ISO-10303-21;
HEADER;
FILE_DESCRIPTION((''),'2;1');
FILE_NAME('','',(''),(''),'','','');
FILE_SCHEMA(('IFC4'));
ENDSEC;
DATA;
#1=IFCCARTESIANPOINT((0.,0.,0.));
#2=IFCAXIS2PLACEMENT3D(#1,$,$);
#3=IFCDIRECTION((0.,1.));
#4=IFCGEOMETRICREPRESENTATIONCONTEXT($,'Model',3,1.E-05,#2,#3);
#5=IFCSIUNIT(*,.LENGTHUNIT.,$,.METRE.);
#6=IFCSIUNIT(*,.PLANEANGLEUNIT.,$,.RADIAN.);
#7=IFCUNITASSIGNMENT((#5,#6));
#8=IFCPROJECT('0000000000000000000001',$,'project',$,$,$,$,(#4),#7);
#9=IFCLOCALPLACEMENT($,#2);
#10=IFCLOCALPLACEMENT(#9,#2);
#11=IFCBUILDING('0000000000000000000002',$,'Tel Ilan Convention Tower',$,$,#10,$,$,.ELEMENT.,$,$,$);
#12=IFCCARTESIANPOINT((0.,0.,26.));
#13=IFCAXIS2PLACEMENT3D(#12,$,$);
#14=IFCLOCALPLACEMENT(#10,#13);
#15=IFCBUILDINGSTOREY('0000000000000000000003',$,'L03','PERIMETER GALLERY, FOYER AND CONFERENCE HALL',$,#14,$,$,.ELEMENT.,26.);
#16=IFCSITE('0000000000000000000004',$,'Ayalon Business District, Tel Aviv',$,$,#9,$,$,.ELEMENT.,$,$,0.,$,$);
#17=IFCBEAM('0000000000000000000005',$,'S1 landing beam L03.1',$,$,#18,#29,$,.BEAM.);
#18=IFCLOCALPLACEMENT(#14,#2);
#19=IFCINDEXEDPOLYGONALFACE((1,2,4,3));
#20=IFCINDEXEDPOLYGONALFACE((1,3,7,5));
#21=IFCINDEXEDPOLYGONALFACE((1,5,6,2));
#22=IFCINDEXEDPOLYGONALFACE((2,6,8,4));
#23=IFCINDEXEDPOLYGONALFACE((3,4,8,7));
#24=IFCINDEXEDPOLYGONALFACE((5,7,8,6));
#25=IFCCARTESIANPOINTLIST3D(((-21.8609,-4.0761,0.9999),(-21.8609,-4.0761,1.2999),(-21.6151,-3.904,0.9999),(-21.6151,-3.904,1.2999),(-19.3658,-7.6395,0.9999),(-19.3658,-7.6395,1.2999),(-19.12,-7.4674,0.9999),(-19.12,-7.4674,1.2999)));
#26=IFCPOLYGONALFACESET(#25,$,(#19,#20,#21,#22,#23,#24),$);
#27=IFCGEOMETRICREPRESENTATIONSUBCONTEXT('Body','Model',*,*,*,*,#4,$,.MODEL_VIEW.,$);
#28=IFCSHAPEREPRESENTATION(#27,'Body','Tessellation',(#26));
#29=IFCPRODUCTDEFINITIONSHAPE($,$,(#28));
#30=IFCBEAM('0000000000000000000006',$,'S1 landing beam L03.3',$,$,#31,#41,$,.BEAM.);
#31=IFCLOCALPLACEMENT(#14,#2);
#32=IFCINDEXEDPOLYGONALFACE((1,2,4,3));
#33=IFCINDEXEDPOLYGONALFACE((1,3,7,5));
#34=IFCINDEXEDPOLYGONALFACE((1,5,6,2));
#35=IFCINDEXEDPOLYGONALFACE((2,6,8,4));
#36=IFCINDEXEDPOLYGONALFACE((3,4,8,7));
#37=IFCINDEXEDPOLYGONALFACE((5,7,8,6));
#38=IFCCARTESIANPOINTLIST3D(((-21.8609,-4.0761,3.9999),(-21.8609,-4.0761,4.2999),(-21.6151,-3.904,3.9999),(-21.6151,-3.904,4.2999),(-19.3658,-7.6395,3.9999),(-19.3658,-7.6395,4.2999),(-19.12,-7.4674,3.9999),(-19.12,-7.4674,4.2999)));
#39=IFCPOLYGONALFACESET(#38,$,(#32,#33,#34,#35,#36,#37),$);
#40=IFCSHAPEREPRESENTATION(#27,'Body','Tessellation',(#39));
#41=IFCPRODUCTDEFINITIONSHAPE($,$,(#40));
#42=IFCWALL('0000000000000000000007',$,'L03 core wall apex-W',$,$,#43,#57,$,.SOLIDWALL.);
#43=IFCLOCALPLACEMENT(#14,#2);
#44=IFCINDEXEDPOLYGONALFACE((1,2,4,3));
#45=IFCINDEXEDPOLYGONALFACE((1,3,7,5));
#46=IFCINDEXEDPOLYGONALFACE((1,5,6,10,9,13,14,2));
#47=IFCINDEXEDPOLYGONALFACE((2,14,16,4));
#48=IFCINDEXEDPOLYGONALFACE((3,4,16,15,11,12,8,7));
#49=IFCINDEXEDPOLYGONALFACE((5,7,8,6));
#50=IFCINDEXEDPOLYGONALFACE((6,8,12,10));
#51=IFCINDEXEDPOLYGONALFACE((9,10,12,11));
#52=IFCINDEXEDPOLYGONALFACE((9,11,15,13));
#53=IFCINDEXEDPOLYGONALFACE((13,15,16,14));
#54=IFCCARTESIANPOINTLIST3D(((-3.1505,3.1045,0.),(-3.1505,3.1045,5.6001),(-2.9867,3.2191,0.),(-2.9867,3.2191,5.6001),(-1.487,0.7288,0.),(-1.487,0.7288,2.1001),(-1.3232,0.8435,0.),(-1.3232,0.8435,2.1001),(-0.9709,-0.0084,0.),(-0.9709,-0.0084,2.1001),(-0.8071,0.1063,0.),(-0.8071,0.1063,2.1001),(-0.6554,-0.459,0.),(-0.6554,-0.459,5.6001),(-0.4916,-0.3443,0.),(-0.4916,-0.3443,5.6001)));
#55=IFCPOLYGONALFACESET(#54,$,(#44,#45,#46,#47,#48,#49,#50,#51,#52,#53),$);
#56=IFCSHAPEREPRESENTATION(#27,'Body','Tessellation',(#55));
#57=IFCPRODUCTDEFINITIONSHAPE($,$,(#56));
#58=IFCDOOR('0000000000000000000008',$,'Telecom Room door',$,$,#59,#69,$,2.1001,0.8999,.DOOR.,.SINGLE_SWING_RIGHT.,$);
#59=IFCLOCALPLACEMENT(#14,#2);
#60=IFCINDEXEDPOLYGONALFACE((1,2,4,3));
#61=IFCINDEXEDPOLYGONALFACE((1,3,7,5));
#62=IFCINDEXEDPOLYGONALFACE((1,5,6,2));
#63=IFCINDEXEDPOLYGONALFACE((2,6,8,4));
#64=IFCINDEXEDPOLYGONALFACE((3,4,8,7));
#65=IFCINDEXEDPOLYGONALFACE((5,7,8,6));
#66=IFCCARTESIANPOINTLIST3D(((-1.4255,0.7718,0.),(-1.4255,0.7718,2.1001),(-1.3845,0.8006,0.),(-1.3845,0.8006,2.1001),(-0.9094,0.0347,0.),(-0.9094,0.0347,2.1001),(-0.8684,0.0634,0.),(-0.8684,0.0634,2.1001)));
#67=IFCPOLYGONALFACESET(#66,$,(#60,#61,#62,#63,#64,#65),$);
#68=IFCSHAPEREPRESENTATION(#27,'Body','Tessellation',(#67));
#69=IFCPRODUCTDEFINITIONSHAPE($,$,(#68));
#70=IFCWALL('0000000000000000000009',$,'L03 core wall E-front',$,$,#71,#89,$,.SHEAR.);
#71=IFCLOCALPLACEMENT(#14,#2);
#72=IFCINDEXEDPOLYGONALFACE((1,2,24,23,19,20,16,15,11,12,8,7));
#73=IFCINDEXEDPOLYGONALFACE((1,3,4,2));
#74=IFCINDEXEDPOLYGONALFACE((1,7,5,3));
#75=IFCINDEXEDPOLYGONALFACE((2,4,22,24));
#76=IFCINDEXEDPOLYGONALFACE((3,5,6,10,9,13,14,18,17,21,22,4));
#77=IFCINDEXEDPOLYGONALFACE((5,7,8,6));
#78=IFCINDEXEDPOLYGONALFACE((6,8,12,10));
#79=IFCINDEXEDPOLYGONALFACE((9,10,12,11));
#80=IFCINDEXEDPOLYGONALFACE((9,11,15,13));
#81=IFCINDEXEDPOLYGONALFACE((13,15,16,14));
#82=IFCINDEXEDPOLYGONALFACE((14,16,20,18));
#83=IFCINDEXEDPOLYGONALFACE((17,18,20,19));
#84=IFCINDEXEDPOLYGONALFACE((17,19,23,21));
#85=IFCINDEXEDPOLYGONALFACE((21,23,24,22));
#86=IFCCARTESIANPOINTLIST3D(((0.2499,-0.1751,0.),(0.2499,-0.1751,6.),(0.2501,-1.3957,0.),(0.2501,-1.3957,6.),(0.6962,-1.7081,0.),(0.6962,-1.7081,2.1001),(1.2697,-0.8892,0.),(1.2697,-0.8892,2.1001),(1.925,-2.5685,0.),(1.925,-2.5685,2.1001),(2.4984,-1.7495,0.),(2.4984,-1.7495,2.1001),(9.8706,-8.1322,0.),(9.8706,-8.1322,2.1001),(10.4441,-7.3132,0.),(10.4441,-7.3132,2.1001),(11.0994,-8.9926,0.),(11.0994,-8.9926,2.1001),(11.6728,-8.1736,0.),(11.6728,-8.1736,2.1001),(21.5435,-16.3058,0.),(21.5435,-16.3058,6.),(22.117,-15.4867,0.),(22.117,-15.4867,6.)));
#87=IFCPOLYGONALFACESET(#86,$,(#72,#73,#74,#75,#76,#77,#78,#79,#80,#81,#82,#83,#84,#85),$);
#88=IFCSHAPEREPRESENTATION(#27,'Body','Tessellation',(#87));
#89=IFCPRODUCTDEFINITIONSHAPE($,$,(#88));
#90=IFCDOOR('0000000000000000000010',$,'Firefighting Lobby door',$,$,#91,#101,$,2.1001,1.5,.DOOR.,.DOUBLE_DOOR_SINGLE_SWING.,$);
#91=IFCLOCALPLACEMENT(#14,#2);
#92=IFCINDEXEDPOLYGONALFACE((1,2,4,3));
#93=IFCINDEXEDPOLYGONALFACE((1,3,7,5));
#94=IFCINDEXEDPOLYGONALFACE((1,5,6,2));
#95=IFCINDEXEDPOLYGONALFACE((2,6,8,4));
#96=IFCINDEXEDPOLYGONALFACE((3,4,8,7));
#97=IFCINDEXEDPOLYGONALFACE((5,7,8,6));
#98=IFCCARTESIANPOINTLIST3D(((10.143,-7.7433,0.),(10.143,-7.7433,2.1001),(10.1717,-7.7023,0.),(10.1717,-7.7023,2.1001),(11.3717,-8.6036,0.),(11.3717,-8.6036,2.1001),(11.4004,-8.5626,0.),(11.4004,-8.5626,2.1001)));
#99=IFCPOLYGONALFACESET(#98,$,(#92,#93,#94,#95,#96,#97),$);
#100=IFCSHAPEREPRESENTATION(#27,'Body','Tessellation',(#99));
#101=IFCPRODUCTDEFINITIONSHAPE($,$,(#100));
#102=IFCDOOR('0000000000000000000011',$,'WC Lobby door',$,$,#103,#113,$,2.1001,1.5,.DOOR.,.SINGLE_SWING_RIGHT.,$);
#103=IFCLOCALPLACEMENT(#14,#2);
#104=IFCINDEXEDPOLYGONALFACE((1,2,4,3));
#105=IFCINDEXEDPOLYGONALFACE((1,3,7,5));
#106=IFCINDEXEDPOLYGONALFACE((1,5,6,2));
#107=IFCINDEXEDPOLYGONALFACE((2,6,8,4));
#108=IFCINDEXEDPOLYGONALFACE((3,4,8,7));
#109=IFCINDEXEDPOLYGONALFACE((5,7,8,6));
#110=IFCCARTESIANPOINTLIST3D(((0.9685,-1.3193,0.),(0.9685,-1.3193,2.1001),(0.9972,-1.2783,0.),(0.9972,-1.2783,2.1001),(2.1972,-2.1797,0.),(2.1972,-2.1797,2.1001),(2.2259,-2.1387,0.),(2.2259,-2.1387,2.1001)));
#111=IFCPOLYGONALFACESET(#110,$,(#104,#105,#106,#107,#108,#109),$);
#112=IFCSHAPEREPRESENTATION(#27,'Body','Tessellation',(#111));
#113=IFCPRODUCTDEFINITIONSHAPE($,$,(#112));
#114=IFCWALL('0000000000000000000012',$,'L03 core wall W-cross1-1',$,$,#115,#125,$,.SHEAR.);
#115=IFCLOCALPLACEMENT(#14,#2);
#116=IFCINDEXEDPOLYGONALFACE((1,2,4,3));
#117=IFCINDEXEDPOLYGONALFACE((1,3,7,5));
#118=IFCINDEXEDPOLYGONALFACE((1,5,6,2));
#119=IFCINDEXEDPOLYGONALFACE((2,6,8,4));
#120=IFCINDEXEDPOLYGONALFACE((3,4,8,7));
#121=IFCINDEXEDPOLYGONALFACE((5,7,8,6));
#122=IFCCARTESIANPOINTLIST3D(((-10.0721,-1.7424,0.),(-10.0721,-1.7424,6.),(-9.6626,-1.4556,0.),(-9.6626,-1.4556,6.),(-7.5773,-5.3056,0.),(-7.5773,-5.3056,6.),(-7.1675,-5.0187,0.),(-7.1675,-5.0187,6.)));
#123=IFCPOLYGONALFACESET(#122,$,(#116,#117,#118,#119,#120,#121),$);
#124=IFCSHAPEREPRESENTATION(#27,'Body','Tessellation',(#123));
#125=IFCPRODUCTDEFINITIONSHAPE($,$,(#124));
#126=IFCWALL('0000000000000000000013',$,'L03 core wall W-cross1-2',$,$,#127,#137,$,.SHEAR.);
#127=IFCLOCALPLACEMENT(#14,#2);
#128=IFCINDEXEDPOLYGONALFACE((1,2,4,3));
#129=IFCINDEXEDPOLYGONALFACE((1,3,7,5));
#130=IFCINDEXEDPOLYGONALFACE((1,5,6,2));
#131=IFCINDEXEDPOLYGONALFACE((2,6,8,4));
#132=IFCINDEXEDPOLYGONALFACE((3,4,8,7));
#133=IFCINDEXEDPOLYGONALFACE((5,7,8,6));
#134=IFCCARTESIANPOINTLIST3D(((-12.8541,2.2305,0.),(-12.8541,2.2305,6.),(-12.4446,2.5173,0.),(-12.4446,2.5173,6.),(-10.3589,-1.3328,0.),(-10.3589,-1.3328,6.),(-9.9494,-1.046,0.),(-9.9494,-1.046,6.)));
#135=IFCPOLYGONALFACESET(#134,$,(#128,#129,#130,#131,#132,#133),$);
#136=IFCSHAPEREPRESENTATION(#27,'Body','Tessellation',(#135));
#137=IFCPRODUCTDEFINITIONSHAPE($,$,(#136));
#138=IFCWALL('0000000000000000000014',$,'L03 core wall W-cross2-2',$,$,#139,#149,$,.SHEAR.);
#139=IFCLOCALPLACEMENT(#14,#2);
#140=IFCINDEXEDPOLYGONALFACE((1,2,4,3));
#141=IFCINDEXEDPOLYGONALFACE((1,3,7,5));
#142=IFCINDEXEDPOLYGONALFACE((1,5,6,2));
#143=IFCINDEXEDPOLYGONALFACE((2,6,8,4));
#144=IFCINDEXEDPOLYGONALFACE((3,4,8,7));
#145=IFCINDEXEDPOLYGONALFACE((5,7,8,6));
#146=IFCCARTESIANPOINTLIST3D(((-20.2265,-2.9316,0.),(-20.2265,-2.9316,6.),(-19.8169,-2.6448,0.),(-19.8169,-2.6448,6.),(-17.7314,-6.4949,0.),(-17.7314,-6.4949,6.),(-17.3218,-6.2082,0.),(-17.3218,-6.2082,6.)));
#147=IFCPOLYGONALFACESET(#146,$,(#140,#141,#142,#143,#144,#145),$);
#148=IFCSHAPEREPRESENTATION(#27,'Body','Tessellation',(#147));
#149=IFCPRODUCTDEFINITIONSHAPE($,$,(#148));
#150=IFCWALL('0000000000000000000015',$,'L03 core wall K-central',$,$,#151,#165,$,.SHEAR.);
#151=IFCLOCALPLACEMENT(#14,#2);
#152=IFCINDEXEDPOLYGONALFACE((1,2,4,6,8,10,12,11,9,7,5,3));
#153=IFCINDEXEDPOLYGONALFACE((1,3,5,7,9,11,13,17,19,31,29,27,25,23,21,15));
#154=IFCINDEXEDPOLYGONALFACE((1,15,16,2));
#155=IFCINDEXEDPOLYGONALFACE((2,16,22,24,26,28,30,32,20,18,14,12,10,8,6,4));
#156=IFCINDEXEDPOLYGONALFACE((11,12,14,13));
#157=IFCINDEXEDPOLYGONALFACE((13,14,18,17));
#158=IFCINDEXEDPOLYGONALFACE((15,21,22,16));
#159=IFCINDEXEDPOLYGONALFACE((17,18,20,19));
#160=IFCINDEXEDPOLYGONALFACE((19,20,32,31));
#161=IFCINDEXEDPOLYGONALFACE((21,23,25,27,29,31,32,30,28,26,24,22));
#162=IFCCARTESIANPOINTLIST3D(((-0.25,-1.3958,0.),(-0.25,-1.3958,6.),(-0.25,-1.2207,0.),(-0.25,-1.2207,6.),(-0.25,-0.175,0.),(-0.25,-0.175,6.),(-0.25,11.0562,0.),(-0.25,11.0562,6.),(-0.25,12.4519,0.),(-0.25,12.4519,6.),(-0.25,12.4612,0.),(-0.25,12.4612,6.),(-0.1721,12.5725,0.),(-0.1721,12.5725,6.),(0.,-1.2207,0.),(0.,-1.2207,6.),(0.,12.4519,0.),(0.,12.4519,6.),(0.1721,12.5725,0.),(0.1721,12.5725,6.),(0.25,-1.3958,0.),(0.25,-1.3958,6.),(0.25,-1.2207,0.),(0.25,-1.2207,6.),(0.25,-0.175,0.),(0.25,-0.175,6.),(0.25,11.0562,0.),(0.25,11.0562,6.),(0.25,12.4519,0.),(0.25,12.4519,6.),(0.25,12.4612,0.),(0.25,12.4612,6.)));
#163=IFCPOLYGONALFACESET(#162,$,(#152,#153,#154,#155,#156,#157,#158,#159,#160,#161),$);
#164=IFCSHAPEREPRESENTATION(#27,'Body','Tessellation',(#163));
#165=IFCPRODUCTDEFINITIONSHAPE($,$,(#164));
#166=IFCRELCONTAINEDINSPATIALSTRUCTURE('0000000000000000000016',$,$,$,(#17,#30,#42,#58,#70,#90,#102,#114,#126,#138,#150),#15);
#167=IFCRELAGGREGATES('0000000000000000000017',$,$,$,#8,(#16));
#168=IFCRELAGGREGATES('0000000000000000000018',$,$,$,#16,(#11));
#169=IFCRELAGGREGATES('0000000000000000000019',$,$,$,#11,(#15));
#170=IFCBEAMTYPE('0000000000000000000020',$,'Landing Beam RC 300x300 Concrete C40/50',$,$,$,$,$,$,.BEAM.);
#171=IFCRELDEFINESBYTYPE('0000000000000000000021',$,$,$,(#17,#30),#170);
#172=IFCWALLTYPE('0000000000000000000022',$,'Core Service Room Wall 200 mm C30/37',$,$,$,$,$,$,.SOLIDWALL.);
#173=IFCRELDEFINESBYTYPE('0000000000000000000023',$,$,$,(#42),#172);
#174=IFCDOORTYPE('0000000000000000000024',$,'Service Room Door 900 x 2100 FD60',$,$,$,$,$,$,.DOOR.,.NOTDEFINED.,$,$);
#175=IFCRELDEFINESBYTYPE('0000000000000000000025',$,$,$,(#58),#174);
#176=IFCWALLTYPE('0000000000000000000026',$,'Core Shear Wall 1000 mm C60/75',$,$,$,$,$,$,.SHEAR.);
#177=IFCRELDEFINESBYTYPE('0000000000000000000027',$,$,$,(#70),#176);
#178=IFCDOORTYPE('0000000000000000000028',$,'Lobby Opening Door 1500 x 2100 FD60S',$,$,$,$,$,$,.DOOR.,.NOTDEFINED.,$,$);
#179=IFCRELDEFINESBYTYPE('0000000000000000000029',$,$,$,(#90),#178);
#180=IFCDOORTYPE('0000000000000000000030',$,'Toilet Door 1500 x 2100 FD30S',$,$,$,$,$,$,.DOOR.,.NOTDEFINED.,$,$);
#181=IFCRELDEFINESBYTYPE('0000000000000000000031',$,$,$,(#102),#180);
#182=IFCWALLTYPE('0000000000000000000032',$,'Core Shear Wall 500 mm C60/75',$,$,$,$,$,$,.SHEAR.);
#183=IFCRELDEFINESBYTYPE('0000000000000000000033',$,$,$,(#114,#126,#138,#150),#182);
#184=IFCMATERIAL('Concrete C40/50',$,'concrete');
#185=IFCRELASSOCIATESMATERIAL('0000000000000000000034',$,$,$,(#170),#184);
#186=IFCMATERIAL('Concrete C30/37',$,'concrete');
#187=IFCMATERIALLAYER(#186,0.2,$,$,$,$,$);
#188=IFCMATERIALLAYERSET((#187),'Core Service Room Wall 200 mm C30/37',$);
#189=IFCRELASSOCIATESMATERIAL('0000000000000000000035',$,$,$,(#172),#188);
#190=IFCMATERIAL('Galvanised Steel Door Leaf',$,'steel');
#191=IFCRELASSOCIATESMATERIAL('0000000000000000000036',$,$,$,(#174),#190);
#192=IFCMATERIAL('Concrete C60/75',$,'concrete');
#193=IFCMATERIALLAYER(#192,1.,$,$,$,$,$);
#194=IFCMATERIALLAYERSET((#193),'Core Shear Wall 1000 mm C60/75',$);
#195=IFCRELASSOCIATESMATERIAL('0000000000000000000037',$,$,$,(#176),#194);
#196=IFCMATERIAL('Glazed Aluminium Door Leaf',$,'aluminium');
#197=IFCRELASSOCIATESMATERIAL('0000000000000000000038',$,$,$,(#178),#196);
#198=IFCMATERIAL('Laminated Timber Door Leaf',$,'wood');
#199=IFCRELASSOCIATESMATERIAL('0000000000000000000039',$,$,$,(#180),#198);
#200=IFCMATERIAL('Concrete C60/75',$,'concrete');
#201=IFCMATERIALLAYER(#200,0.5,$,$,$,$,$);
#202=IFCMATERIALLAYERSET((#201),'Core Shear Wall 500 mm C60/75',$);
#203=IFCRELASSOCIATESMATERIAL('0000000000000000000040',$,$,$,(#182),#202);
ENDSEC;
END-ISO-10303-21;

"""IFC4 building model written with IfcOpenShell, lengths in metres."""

from ifc_helpers import new_model, si_unit, direction, frame, frame_2d, origin, origin_2d, place, context, subcontext, project, spatial, polyline, rectangle, outline, extrude, material, layer, layer_set, material_profile, profile_set, type_object, element, fill, save


model = new_model("IFC4")

# Units and contexts
model_context = context("Model", 3, precision=1e-05, world=origin(), true_north=direction((0.0, 1.0)))
body_context = subcontext(model_context, "Body", "Model", "MODEL_VIEW")
ifc_project = project(units=[si_unit("LENGTHUNIT", "METRE"), si_unit("PLANEANGLEUNIT", "RADIAN")], contexts=[model_context])

# Site, building, storey
site_placement = place(None, origin())
site = spatial("IfcSite", under=ifc_project, at=site_placement, Name="Ayalon Business District, Tel Aviv", CompositionType="ELEMENT", RefElevation=0.0)
building_placement = place(site_placement, origin())
building = spatial("IfcBuilding", under=site, at=building_placement, Name="Tel Ilan Convention Tower", CompositionType="ELEMENT")
storey_placement = place(building_placement, frame((0.0, 0.0, 26.0)))
storey = spatial("IfcBuildingStorey", under=building, at=storey_placement, Name="L03", Description="PERIMETER GALLERY, FOYER AND CONFERENCE HALL", CompositionType="ELEMENT", Elevation=26.0)

# Beams
ifc_material_1 = material(Name="Concrete C40/50", Category="concrete")
ifc_material_profile = material_profile(ifc_material_1, rectangle(XDim=0.3, YDim=0.3, at=origin_2d()), Name="RC 300x300")
ifc_profile_set = profile_set([ifc_material_profile], Name="Concrete C40/50")
beam_type = type_object("IfcBeamType", Name="Landing Beam RC 300x300 Concrete C40/50", PredefinedType="BEAM", material=ifc_profile_set)
for number, where, z_axis, x_axis, name in (
    (1, (-19.2429, -7.5535, 1.1499), (-0.573568, 0.819158, 0.0), (-0.819158, -0.573568, 0.0), "S1 landing beam L03.1"),
    (2, (-19.2429, -7.5535, 4.1499), (-0.573568, 0.819158, 0.0), (-0.819158, -0.573568, 0.0), "S1 landing beam L03.3"),
):
    element("IfcBeam", number, at=place(storey_placement, frame(where, z_axis=z_axis, x_axis=x_axis)), inside=storey, type_object=beam_type, Name=name, PredefinedType="BEAM", context=body_context, shape_type="SweptSolid", body=[
        extrude(rectangle(XDim=0.3, YDim=0.3, at=origin_2d()), origin(), (0.0, 0.0, 1.0), 4.3501),
    ])

# Wall, opening, door
ifc_material_2 = material(Name="Concrete C30/37", Category="concrete")
ifc_layer_1 = layer(ifc_material_2, 0.2)
ifc_layer_set_1 = layer_set([ifc_layer_1], Name="Core Service Room Wall 200 mm C30/37")
wall_type_1 = type_object("IfcWallType", Name="Core Service Room Wall 200 mm C30/37", PredefinedType="SOLIDWALL", material=ifc_layer_set_1)
wall_1_placement = place(storey_placement, frame((-0.5735, -0.4016, 0.0), z_axis=(0.0, 0.0, 1.0), x_axis=(-0.573568, 0.819158, 0.0)))
wall_1 = element("IfcWall", 3, at=wall_1_placement, inside=storey, type_object=wall_type_1, Name="L03 core wall apex-W", PredefinedType="SOLIDWALL", context=body_context, shape_type="SweptSolid", body=[
    extrude(rectangle(XDim=4.3501, YDim=0.2, at=frame_2d((2.175, 0.0))), origin(), (0.0, 0.0, 1.0), 5.6001),
])
opening_1_placement = place(wall_1_placement, frame((0.55, 0.0, 0.0)))
opening_1 = element("IfcOpeningElement", 4, at=opening_1_placement, cuts=wall_1, PredefinedType="OPENING", context=body_context, shape_type="SweptSolid", body=[
    extrude(rectangle(XDim=0.8999, YDim=2.1001, at=frame_2d((0.45, 1.05))), frame((0.0, 0.1099, 0.0), z_axis=(0.0, -1.0, 0.0), x_axis=(1.0, 0.0, 0.0)), (0.0, 0.0, 1.0), 0.22),
])
ifc_material_3 = material(Name="Galvanised Steel Door Leaf", Category="steel")
door_type_1 = type_object("IfcDoorType", Name="Service Room Door 900 x 2100 FD60", OperationType="NOTDEFINED", PredefinedType="DOOR", material=ifc_material_3)
door_1_placement = place(opening_1_placement, origin())
door_1 = element("IfcDoor", 5, at=door_1_placement, inside=storey, type_object=door_type_1, Name="Telecom Room door", OperationType="SINGLE_SWING_RIGHT", OverallHeight=2.1001, OverallWidth=0.8999, PredefinedType="DOOR", context=body_context, shape_type="SweptSolid", body=[
    extrude(rectangle(XDim=0.8999, YDim=2.1001, at=frame_2d((0.45, 1.05))), frame((0.0, 0.0249, 0.0), z_axis=(0.0, -1.0, 0.0), x_axis=(1.0, 0.0, 0.0)), (0.0, 0.0, 1.0), 0.05),
])
fill(opening_1, door_1)

# Wall, openings, doors
ifc_material_4 = material(Name="Concrete C60/75", Category="concrete")
ifc_layer_2 = layer(ifc_material_4, 1.0)
ifc_layer_set_2 = layer_set([ifc_layer_2], Name="Core Shear Wall 1000 mm C60/75")
wall_type_2 = type_object("IfcWallType", Name="Core Shear Wall 1000 mm C60/75", PredefinedType="SHEAR", material=ifc_layer_set_2)
wall_2_placement = place(storey_placement, frame((-0.0369, -0.5847, 0.0), z_axis=(0.0, 0.0, 1.0), x_axis=(0.819157, -0.573569, 0.0)))
wall_2 = element("IfcWall", 6, at=wall_2_placement, inside=storey, type_object=wall_type_2, Name="L03 core wall E-front", PredefinedType="SHEAR", context=body_context, shape_type="SweptSolid", body=[
    extrude(outline(polyline([(26.6948, 0.4998), (0.0, 0.5), (0.7002, -0.4998), (26.6948, -0.5002), (26.6948, 0.4998)])), origin(), (0.0, 0.0, 1.0), 6.0),
])
opening_2_placement = place(wall_2_placement, frame((1.2449, 0.0, 0.0)))
opening_2 = element("IfcOpeningElement", 7, at=opening_2_placement, cuts=wall_2, PredefinedType="OPENING", context=body_context, shape_type="SweptSolid", body=[
    extrude(rectangle(XDim=1.5, YDim=2.1001, at=frame_2d((0.75, 1.05))), frame((0.0, 0.51, 0.0), z_axis=(0.0, -1.0, 0.0), x_axis=(1.0, 0.0, 0.0)), (0.0, 0.0, 1.0), 1.02),
])
opening_3_placement = place(wall_2_placement, frame((12.4448, 0.0, 0.0)))
opening_3 = element("IfcOpeningElement", 8, at=opening_3_placement, cuts=wall_2, PredefinedType="OPENING", context=body_context, shape_type="SweptSolid", body=[
    extrude(rectangle(XDim=1.5, YDim=2.1001, at=frame_2d((0.75, 1.05))), frame((0.0, 0.51, 0.0), z_axis=(0.0, -1.0, 0.0), x_axis=(1.0, 0.0, 0.0)), (0.0, 0.0, 1.0), 1.02),
])
ifc_material_5 = material(Name="Glazed Aluminium Door Leaf", Category="aluminium")
door_type_2 = type_object("IfcDoorType", Name="Lobby Opening Door 1500 x 2100 FD60S", OperationType="NOTDEFINED", PredefinedType="DOOR", material=ifc_material_5)
door_2_placement = place(opening_3_placement, origin())
door_2 = element("IfcDoor", 9, at=door_2_placement, inside=storey, type_object=door_type_2, Name="Firefighting Lobby door", OperationType="DOUBLE_DOOR_SINGLE_SWING", OverallHeight=2.1001, OverallWidth=1.5, PredefinedType="DOOR", context=body_context, shape_type="SweptSolid", body=[
    extrude(rectangle(XDim=1.5, YDim=2.1001, at=frame_2d((0.75, 1.05))), frame((0.0, 0.0249, 0.0), z_axis=(0.0, -1.0, 0.0), x_axis=(1.0, 0.0, 0.0)), (0.0, 0.0, 1.0), 0.05),
])
fill(opening_3, door_2)
ifc_material_6 = material(Name="Laminated Timber Door Leaf", Category="wood")
door_type_3 = type_object("IfcDoorType", Name="Toilet Door 1500 x 2100 FD30S", OperationType="NOTDEFINED", PredefinedType="DOOR", material=ifc_material_6)
door_3_placement = place(opening_2_placement, origin())
door_3 = element("IfcDoor", 10, at=door_3_placement, inside=storey, type_object=door_type_3, Name="WC Lobby door", OperationType="SINGLE_SWING_RIGHT", OverallHeight=2.1001, OverallWidth=1.5, PredefinedType="DOOR", context=body_context, shape_type="SweptSolid", body=[
    extrude(rectangle(XDim=1.5, YDim=2.1001, at=frame_2d((0.75, 1.05))), frame((0.0, 0.0249, 0.0), z_axis=(0.0, -1.0, 0.0), x_axis=(1.0, 0.0, 0.0)), (0.0, 0.0, 1.0), 0.05),
])
fill(opening_2, door_3)

# Walls
ifc_material_7 = material(Name="Concrete C60/75", Category="concrete")
ifc_layer_3 = layer(ifc_material_7, 0.5)
ifc_layer_set_3 = layer_set([ifc_layer_3], Name="Core Shear Wall 500 mm C60/75")
wall_type_3 = type_object("IfcWallType", Name="Core Shear Wall 500 mm C60/75", PredefinedType="SHEAR", material=ifc_layer_set_3)
wall_3_placement = place(storey_placement, frame((-7.3723, -5.1621, 0.0), z_axis=(0.0, 0.0, 1.0), x_axis=(-0.573594, 0.81914, 0.0)))
element("IfcWall", 11, at=wall_3_placement, inside=storey, type_object=wall_type_3, Name="L03 core wall W-cross1-1", PredefinedType="SHEAR", context=body_context, shape_type="SweptSolid", body=[
    extrude(outline(polyline([(4.3499, 0.25), (0.0, 0.2502), (0.0, -0.25), (4.3499, -0.25), (4.3499, 0.25)])), origin(), (0.0, 0.0, 1.0), 6.0),
])
wall_4_placement = place(storey_placement, frame((-10.1543, -1.1892, 0.0), z_axis=(0.0, 0.0, 1.0), x_axis=(-0.573594, 0.81914, 0.0)))
element("IfcWall", 12, at=wall_4_placement, inside=storey, type_object=wall_type_3, Name="L03 core wall W-cross1-2", PredefinedType="SHEAR", context=body_context, shape_type="SweptSolid", body=[
    extrude(outline(polyline([(4.3499, -0.25), (4.3499, 0.25), (-0.0002, 0.25), (-0.0002, -0.25), (4.3499, -0.25)])), origin(), (0.0, 0.0, 1.0), 6.0),
])
wall_5_placement = place(storey_placement, frame((-17.5266, -6.3516, 0.0), z_axis=(0.0, 0.0, 1.0), x_axis=(-0.57353, 0.819184, 0.0)))
element("IfcWall", 13, at=wall_5_placement, inside=storey, type_object=wall_type_3, Name="L03 core wall W-cross2-2", PredefinedType="SHEAR", context=body_context, shape_type="SweptSolid", body=[
    extrude(outline(polyline([(4.3501, -0.2498), (4.3501, 0.2502), (0.0, 0.25), (0.0, -0.25), (4.3501, -0.2498)])), origin(), (0.0, 0.0, 1.0), 6.0),
])
wall_6_placement = place(storey_placement, frame((0.0, -1.3958, 0.0), z_axis=(0.0, 0.0, 1.0), x_axis=(0.0, 1.0, 0.0)))
element("IfcWall", 14, at=wall_6_placement, inside=storey, type_object=wall_type_3, Name="L03 core wall K-central", PredefinedType="SHEAR", context=body_context, shape_type="SweptSolid", body=[
    extrude(outline(polyline([(0.0, -0.25), (0.175, -0.25), (1.2207, -0.25), (12.4519, -0.25), (13.8477, -0.25), (13.8569, -0.25), (13.9683, -0.1721), (13.8477, 0.0), (13.9683, 0.1721), (13.8569, 0.25), (13.8477, 0.25), (12.4519, 0.25), (1.2207, 0.25), (0.175, 0.25), (0.0, 0.25), (0.175, 0.0), (0.0, -0.25)])), origin(), (0.0, 0.0, 1.0), 6.0),
])

save(model, "model.ifc")
